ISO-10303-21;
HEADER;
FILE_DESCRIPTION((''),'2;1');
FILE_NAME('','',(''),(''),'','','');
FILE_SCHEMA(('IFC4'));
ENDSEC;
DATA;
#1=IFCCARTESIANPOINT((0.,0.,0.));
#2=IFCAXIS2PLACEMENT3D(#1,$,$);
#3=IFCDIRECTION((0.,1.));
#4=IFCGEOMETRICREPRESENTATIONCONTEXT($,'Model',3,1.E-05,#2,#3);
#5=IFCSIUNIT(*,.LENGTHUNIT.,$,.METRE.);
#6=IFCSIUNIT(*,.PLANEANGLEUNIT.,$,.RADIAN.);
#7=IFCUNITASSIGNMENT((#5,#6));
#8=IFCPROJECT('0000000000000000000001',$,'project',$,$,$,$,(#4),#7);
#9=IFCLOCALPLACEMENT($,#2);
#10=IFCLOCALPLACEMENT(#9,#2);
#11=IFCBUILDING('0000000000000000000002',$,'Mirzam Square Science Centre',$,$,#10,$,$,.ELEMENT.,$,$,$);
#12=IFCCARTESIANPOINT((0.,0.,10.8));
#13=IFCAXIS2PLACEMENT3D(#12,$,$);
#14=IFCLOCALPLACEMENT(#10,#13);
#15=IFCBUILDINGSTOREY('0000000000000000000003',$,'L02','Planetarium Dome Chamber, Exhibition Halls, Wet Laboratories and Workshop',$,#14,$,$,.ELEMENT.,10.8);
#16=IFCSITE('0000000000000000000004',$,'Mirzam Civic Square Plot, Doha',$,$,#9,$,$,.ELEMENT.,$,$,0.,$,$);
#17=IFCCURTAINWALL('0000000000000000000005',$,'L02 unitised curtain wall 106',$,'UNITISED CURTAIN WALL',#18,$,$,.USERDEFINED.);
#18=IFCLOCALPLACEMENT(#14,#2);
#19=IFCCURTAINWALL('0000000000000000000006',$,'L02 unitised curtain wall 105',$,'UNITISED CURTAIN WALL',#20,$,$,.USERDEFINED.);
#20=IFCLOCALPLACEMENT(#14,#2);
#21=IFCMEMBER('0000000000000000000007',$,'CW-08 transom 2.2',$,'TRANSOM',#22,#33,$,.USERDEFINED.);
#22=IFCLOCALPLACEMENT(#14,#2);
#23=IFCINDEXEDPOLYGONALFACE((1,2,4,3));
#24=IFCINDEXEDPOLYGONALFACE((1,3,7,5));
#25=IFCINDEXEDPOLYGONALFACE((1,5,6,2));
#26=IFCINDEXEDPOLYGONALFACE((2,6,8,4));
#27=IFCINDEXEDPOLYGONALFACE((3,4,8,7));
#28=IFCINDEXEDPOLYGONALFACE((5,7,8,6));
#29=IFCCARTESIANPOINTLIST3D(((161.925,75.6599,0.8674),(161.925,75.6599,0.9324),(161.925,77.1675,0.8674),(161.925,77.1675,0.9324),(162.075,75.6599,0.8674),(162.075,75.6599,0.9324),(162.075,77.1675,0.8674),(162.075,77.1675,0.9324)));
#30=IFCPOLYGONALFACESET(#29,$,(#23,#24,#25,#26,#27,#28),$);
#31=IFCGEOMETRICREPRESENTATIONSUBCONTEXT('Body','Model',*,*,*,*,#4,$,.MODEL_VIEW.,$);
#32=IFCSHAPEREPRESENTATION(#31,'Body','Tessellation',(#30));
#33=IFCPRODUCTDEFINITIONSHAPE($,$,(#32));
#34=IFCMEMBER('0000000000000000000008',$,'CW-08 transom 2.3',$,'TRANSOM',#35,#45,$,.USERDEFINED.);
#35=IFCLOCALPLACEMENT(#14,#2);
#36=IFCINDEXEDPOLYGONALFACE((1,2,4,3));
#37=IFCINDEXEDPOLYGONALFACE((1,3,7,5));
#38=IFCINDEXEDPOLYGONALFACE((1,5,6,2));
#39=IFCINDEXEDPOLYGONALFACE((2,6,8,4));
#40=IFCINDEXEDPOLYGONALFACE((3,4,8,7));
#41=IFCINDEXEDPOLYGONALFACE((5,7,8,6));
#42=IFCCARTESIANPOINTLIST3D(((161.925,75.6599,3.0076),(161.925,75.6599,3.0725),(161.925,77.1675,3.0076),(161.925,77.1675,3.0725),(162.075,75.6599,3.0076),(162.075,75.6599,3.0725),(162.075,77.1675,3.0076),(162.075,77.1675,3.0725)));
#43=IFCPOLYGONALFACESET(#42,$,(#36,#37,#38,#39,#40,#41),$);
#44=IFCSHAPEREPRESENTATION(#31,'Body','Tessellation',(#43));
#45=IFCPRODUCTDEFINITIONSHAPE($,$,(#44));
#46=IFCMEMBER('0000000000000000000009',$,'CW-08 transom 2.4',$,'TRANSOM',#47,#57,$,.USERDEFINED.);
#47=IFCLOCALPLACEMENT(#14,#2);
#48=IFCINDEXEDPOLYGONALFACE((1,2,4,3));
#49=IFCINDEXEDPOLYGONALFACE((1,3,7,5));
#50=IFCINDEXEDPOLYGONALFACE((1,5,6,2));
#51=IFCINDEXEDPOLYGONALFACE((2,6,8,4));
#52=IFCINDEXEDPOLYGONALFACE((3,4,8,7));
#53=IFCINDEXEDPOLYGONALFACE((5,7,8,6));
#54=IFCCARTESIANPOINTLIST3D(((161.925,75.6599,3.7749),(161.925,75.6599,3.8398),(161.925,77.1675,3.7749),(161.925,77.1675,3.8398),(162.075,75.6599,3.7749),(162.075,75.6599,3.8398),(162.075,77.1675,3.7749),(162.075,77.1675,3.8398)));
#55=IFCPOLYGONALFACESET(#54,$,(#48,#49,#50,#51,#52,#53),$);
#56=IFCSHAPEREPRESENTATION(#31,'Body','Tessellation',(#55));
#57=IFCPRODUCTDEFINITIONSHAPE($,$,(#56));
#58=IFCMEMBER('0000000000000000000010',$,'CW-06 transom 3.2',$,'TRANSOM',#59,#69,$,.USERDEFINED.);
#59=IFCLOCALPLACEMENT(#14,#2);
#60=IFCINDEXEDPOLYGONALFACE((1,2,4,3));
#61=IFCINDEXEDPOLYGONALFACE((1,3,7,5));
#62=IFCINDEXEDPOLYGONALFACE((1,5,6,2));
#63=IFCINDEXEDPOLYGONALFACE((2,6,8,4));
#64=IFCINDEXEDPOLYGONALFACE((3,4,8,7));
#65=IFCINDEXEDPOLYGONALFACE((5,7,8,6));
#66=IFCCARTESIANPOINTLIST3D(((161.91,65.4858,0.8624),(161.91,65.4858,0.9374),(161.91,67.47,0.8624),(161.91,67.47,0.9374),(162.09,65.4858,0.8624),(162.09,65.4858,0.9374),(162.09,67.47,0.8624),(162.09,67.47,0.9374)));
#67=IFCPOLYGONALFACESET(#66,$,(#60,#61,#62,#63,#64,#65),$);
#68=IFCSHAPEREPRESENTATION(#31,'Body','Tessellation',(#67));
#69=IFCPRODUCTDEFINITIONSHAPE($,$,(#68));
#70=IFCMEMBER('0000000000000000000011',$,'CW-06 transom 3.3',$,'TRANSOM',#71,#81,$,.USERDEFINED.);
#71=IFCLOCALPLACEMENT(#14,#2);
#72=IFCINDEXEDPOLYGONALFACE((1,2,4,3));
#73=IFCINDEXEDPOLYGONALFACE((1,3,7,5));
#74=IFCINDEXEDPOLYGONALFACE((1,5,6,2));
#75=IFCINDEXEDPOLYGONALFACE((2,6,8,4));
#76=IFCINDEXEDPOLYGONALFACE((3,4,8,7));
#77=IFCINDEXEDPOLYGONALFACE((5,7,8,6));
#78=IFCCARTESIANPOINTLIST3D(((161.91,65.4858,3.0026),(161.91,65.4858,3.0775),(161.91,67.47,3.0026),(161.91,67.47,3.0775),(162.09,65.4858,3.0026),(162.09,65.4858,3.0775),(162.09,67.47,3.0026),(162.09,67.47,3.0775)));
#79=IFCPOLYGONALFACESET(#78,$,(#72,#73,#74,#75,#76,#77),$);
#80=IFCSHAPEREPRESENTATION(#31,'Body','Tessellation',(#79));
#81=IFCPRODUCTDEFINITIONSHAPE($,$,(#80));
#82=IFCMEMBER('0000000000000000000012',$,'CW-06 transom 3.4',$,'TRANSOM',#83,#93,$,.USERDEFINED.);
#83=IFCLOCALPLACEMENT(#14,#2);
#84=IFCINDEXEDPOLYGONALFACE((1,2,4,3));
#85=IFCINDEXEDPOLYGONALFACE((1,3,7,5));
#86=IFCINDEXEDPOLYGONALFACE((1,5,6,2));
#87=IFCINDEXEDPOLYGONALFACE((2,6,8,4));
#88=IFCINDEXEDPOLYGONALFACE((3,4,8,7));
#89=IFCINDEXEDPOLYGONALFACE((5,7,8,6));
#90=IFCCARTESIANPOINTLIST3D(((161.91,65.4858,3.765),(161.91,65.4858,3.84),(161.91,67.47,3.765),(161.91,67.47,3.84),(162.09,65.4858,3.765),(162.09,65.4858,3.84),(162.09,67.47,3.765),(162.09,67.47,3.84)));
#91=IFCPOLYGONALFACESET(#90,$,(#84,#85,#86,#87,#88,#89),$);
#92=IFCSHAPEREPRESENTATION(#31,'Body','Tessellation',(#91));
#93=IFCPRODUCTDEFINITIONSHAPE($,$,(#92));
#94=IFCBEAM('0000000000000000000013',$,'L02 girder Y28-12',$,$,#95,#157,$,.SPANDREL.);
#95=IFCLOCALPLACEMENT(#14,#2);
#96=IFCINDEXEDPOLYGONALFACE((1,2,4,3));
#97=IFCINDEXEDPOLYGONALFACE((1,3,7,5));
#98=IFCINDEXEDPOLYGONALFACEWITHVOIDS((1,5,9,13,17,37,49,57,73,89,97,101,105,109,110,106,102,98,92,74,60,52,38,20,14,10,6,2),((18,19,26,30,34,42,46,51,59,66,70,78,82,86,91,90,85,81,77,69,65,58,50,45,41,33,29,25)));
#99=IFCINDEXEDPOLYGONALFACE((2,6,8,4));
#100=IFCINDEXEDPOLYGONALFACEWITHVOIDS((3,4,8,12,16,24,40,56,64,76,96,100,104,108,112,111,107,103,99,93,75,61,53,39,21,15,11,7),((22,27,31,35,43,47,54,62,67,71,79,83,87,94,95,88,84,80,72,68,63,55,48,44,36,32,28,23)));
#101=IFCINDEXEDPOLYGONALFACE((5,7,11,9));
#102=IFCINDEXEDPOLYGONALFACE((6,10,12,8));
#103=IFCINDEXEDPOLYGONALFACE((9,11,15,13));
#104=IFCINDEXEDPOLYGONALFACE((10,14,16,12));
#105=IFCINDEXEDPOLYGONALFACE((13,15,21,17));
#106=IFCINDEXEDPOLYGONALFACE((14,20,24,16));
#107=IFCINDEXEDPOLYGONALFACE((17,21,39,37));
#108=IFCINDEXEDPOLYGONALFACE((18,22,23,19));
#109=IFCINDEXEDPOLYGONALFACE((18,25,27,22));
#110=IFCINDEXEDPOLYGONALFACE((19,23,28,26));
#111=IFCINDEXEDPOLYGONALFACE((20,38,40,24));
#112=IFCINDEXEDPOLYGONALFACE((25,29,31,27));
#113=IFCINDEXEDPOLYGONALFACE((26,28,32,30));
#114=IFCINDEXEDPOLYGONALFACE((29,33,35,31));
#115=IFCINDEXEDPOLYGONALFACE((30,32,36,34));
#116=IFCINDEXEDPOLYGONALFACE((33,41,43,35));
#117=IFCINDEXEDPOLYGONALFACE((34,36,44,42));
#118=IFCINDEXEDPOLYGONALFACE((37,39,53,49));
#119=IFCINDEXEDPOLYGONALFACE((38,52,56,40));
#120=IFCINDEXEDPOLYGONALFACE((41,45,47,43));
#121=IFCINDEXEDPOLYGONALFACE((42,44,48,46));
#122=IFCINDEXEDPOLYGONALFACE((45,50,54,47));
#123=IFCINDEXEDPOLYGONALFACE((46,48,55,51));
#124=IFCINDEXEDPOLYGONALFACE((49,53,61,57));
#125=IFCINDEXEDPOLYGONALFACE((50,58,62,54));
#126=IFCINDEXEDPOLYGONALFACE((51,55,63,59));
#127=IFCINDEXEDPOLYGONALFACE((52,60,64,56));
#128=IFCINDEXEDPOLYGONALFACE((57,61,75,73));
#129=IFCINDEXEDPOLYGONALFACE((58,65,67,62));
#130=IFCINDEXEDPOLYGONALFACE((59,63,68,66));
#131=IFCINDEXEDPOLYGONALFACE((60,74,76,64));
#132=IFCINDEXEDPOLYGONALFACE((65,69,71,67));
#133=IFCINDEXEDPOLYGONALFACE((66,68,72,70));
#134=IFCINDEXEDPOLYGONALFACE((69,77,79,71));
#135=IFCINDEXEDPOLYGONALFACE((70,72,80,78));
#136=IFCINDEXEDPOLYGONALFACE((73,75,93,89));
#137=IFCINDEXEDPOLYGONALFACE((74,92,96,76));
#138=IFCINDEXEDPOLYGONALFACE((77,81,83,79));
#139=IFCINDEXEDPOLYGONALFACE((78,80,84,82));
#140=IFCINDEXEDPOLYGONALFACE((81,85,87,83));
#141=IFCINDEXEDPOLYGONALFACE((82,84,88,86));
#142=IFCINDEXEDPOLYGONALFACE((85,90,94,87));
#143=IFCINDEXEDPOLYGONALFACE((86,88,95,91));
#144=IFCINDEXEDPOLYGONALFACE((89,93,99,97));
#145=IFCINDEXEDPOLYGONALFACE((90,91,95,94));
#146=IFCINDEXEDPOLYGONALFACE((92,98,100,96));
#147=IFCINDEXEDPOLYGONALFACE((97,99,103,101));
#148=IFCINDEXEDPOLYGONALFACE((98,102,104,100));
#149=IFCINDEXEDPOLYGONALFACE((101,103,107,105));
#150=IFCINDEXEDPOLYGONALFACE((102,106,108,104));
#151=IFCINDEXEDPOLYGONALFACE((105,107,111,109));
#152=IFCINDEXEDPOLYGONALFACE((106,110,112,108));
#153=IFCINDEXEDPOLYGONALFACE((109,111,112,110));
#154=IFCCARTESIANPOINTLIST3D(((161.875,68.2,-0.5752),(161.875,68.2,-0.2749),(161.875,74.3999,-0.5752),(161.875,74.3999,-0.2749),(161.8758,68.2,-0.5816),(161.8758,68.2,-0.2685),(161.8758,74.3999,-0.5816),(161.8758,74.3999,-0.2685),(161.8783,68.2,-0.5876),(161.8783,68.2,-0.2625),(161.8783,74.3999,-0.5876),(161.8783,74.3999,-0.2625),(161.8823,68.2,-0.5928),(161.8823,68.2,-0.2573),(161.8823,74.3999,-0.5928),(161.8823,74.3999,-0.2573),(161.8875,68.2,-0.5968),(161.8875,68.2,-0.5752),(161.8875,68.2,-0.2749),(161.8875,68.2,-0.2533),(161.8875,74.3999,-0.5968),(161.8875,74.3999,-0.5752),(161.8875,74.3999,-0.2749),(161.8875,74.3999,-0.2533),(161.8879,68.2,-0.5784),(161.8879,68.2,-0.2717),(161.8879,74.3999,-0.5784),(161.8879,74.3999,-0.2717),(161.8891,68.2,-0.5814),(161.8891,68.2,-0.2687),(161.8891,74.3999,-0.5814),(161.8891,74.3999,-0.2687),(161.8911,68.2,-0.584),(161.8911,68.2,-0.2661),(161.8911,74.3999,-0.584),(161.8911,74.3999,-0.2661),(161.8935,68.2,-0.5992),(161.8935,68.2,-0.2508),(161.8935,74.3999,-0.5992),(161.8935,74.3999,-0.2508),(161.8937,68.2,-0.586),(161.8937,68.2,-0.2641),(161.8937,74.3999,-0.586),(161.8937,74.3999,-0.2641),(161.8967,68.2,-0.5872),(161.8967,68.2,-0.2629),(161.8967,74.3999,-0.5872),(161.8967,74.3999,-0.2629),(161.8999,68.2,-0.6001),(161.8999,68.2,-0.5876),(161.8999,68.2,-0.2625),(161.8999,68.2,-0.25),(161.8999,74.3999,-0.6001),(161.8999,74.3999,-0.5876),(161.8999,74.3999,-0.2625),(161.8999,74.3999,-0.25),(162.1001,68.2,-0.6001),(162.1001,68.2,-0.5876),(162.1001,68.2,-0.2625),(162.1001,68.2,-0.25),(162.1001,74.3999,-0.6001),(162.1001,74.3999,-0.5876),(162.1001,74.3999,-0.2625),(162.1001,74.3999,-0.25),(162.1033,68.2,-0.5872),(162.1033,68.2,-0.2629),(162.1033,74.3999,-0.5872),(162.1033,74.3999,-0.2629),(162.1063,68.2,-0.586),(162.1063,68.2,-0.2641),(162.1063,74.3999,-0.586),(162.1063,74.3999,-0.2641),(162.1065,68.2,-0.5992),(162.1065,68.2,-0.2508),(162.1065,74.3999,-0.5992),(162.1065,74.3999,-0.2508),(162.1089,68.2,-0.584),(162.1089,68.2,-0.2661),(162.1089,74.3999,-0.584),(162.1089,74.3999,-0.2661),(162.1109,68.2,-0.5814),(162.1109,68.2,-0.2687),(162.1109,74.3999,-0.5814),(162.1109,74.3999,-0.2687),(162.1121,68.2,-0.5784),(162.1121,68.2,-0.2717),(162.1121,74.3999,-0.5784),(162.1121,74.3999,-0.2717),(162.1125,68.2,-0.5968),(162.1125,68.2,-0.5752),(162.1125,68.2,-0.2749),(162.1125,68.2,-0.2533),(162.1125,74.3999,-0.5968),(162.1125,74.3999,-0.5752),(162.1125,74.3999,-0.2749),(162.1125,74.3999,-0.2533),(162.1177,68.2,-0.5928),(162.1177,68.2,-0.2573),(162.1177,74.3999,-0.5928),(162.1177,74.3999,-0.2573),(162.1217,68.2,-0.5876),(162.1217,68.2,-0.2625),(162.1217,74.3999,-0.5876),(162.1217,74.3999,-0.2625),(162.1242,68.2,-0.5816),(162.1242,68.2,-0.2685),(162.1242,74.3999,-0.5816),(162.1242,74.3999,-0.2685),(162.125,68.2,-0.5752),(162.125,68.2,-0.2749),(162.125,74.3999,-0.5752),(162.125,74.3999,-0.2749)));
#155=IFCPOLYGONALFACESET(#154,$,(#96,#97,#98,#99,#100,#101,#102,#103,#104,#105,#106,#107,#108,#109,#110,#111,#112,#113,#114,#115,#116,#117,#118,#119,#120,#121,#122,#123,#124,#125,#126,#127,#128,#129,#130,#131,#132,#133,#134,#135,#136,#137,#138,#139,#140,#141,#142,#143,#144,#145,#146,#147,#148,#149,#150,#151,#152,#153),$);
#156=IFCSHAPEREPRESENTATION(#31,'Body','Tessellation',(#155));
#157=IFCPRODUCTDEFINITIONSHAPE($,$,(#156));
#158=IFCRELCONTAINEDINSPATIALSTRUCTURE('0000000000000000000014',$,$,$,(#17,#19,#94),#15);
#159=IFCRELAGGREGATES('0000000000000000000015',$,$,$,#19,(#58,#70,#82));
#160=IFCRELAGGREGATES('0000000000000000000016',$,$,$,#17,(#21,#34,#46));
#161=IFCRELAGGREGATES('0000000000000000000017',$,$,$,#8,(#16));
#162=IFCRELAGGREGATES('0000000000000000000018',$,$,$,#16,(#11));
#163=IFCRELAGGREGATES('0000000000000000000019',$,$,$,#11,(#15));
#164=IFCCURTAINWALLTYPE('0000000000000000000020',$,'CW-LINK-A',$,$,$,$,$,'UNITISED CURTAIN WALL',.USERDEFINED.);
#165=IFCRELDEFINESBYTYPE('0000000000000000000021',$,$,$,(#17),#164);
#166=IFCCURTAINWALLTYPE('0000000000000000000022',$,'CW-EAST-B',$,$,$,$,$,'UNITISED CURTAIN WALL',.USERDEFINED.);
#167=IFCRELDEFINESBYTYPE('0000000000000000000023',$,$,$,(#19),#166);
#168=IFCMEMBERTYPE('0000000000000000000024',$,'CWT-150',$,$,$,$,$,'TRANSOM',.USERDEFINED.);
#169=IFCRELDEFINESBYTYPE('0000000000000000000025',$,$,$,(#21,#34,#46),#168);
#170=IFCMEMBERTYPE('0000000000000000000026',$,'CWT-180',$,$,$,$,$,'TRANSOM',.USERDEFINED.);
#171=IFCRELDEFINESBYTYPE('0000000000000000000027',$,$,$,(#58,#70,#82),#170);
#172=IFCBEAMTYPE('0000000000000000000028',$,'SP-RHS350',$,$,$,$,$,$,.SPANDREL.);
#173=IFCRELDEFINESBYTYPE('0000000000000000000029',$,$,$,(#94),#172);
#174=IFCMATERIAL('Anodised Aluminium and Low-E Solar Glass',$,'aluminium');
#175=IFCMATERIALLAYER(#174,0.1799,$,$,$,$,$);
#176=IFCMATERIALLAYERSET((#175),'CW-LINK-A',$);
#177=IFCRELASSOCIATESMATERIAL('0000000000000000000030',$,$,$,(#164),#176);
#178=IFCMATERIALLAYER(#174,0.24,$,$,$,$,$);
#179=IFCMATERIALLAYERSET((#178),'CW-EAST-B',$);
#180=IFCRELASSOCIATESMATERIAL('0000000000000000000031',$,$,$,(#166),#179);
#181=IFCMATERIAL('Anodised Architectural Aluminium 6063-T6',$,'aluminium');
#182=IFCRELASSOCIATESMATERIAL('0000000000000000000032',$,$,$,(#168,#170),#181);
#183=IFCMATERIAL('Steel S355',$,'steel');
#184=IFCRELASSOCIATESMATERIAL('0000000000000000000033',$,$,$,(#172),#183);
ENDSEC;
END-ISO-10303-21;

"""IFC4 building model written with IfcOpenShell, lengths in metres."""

from ifc_helpers import new_model, si_unit, direction, frame, origin, origin_2d, place, context, subcontext, project, spatial, rectangle, hollow_rectangle, extrude, material, layer, layer_set, material_profile, profile_set, type_object, element, aggregate, save


model = new_model("IFC4")

# Units and contexts
model_context = context("Model", 3, precision=1e-05, world=origin(), true_north=direction((0.0, 1.0)))
body_context = subcontext(model_context, "Body", "Model", "MODEL_VIEW")
ifc_project = project(units=[si_unit("LENGTHUNIT", "METRE"), si_unit("PLANEANGLEUNIT", "RADIAN")], contexts=[model_context])

# Site, building, storey
site_placement = place(None, origin())
site = spatial("IfcSite", under=ifc_project, at=site_placement, Name="Mirzam Civic Square Plot, Doha", CompositionType="ELEMENT", RefElevation=0.0)
building_placement = place(site_placement, origin())
building = spatial("IfcBuilding", under=site, at=building_placement, Name="Mirzam Square Science Centre", CompositionType="ELEMENT")
storey_placement = place(building_placement, frame((0.0, 0.0, 10.8)))
storey = spatial("IfcBuildingStorey", under=building, at=storey_placement, Name="L02", Description="Planetarium Dome Chamber, Exhibition Halls, Wet Laboratories and Workshop", CompositionType="ELEMENT", Elevation=10.8)

# Shared definitions
ifc_material_1 = material(Name="Steel S355", Category="steel")

# Curtain wall
ifc_material_2 = material(Name="Anodised Aluminium and Low-E Solar Glass", Category="aluminium")
ifc_layer_1 = layer(ifc_material_2, 0.1799)
ifc_layer_set_1 = layer_set([ifc_layer_1], Name="CW-LINK-A")
curtain_wall_type_1 = type_object("IfcCurtainWallType", Name="CW-LINK-A", ElementType="UNITISED CURTAIN WALL", PredefinedType="USERDEFINED", material=ifc_layer_set_1)
curtain_wall_1_placement = place(storey_placement, origin())
curtain_wall_1 = element("IfcCurtainWall", 1, at=curtain_wall_1_placement, inside=storey, type_object=curtain_wall_type_1, Name="L02 unitised curtain wall 106", ObjectType="UNITISED CURTAIN WALL", PredefinedType="USERDEFINED")
ifc_material_3 = material(Name="Anodised Architectural Aluminium 6063-T6", Category="aluminium")

# Curtain wall
ifc_layer_2 = layer(ifc_material_2, 0.24)
ifc_layer_set_2 = layer_set([ifc_layer_2], Name="CW-EAST-B")
curtain_wall_type_2 = type_object("IfcCurtainWallType", Name="CW-EAST-B", ElementType="UNITISED CURTAIN WALL", PredefinedType="USERDEFINED", material=ifc_layer_set_2)
curtain_wall_2_placement = place(storey_placement, origin())
curtain_wall_2 = element("IfcCurtainWall", 2, at=curtain_wall_2_placement, inside=storey, type_object=curtain_wall_type_2, Name="L02 unitised curtain wall 105", ObjectType="UNITISED CURTAIN WALL", PredefinedType="USERDEFINED")

# Members
ifc_material_profile_1 = material_profile(ifc_material_3, rectangle(XDim=0.1499, YDim=0.0649, at=origin_2d()), Name="ALU-TRAN-150x65x4")
ifc_profile_set_1 = profile_set([ifc_material_profile_1], Name="Anodised Architectural Aluminium 6063-T6")
member_type_1 = type_object("IfcMemberType", Name="CWT-150", ElementType="TRANSOM", PredefinedType="USERDEFINED", material=ifc_profile_set_1)
member_1_placement = place(storey_placement, frame((162.0, 75.6599, 0.8999), z_axis=(0.0, 1.0, 0.0), x_axis=(-1.0, 0.0, 0.0)))
member_1 = element("IfcMember", 3, at=member_1_placement, type_object=member_type_1, Name="CW-08 transom 2.2", ObjectType="TRANSOM", PredefinedType="USERDEFINED", context=body_context, shape_type="SweptSolid", body=[
    extrude(rectangle(XDim=0.1499, YDim=0.0649, at=origin_2d()), origin(), (0.0, 0.0, 1.0), 1.5076),
])
member_2_placement = place(storey_placement, frame((162.0, 75.6599, 3.04), z_axis=(0.0, 1.0, 0.0), x_axis=(-1.0, 0.0, 0.0)))
member_2 = element("IfcMember", 4, at=member_2_placement, type_object=member_type_1, Name="CW-08 transom 2.3", ObjectType="TRANSOM", PredefinedType="USERDEFINED", context=body_context, shape_type="SweptSolid", body=[
    extrude(rectangle(XDim=0.1499, YDim=0.0649, at=origin_2d()), origin(), (0.0, 0.0, 1.0), 1.5076),
])
member_3_placement = place(storey_placement, frame((162.0, 75.6599, 3.8074), z_axis=(0.0, 1.0, 0.0), x_axis=(-1.0, 0.0, 0.0)))
member_3 = element("IfcMember", 5, at=member_3_placement, type_object=member_type_1, Name="CW-08 transom 2.4", ObjectType="TRANSOM", PredefinedType="USERDEFINED", context=body_context, shape_type="SweptSolid", body=[
    extrude(rectangle(XDim=0.1499, YDim=0.0649, at=origin_2d()), origin(), (0.0, 0.0, 1.0), 1.5076),
])
ifc_material_profile_2 = material_profile(ifc_material_3, rectangle(XDim=0.1799, YDim=0.075, at=origin_2d()), Name="ALU-TRAN-180x75x5")
ifc_profile_set_2 = profile_set([ifc_material_profile_2], Name="Anodised Architectural Aluminium 6063-T6")
member_type_2 = type_object("IfcMemberType", Name="CWT-180", ElementType="TRANSOM", PredefinedType="USERDEFINED", material=ifc_profile_set_2)
member_4_placement = place(storey_placement, frame((162.0, 65.4858, 0.8999), z_axis=(0.0, 1.0, 0.0), x_axis=(-1.0, 0.0, 0.0)))
member_4 = element("IfcMember", 6, at=member_4_placement, type_object=member_type_2, Name="CW-06 transom 3.2", ObjectType="TRANSOM", PredefinedType="USERDEFINED", context=body_context, shape_type="SweptSolid", body=[
    extrude(rectangle(XDim=0.1799, YDim=0.075, at=origin_2d()), origin(), (0.0, 0.0, 1.0), 1.9841),
])
member_5_placement = place(storey_placement, frame((162.0, 65.4858, 3.04), z_axis=(0.0, 1.0, 0.0), x_axis=(-1.0, 0.0, 0.0)))
member_5 = element("IfcMember", 7, at=member_5_placement, type_object=member_type_2, Name="CW-06 transom 3.3", ObjectType="TRANSOM", PredefinedType="USERDEFINED", context=body_context, shape_type="SweptSolid", body=[
    extrude(rectangle(XDim=0.1799, YDim=0.075, at=origin_2d()), origin(), (0.0, 0.0, 1.0), 1.9841),
])
member_6_placement = place(storey_placement, frame((162.0, 65.4858, 3.8025), z_axis=(0.0, 1.0, 0.0), x_axis=(-1.0, 0.0, 0.0)))
member_6 = element("IfcMember", 8, at=member_6_placement, type_object=member_type_2, Name="CW-06 transom 3.4", ObjectType="TRANSOM", PredefinedType="USERDEFINED", context=body_context, shape_type="SweptSolid", body=[
    extrude(rectangle(XDim=0.1799, YDim=0.075, at=origin_2d()), origin(), (0.0, 0.0, 1.0), 1.9841),
])

# Beam
ifc_material_profile_3 = material_profile(ifc_material_1, hollow_rectangle(XDim=0.25, YDim=0.3501, WallThickness=0.0125, InnerFilletRadius=0.0125, OuterFilletRadius=0.0249, at=origin_2d()), Name="350x250x12.5RHS")
ifc_profile_set_3 = profile_set([ifc_material_profile_3], Name="Steel S355")
beam_type = type_object("IfcBeamType", Name="SP-RHS350", PredefinedType="SPANDREL", material=ifc_profile_set_3)
beam_1_placement = place(storey_placement, frame((162.0, 68.2, -0.425), z_axis=(0.0, 1.0, 0.0), x_axis=(-1.0, 0.0, 0.0)))
element("IfcBeam", 9, at=beam_1_placement, inside=storey, type_object=beam_type, Name="L02 girder Y28-12", PredefinedType="SPANDREL", context=body_context, shape_type="SweptSolid", body=[
    extrude(hollow_rectangle(XDim=0.25, YDim=0.3501, WallThickness=0.0125, InnerFilletRadius=0.0125, OuterFilletRadius=0.0249, at=origin_2d()), origin(), (0.0, 0.0, 1.0), 6.2),
])

aggregate(curtain_wall_2, [member_4, member_5, member_6])
aggregate(curtain_wall_1, [member_1, member_2, member_3])

save(model, "model.ifc")
